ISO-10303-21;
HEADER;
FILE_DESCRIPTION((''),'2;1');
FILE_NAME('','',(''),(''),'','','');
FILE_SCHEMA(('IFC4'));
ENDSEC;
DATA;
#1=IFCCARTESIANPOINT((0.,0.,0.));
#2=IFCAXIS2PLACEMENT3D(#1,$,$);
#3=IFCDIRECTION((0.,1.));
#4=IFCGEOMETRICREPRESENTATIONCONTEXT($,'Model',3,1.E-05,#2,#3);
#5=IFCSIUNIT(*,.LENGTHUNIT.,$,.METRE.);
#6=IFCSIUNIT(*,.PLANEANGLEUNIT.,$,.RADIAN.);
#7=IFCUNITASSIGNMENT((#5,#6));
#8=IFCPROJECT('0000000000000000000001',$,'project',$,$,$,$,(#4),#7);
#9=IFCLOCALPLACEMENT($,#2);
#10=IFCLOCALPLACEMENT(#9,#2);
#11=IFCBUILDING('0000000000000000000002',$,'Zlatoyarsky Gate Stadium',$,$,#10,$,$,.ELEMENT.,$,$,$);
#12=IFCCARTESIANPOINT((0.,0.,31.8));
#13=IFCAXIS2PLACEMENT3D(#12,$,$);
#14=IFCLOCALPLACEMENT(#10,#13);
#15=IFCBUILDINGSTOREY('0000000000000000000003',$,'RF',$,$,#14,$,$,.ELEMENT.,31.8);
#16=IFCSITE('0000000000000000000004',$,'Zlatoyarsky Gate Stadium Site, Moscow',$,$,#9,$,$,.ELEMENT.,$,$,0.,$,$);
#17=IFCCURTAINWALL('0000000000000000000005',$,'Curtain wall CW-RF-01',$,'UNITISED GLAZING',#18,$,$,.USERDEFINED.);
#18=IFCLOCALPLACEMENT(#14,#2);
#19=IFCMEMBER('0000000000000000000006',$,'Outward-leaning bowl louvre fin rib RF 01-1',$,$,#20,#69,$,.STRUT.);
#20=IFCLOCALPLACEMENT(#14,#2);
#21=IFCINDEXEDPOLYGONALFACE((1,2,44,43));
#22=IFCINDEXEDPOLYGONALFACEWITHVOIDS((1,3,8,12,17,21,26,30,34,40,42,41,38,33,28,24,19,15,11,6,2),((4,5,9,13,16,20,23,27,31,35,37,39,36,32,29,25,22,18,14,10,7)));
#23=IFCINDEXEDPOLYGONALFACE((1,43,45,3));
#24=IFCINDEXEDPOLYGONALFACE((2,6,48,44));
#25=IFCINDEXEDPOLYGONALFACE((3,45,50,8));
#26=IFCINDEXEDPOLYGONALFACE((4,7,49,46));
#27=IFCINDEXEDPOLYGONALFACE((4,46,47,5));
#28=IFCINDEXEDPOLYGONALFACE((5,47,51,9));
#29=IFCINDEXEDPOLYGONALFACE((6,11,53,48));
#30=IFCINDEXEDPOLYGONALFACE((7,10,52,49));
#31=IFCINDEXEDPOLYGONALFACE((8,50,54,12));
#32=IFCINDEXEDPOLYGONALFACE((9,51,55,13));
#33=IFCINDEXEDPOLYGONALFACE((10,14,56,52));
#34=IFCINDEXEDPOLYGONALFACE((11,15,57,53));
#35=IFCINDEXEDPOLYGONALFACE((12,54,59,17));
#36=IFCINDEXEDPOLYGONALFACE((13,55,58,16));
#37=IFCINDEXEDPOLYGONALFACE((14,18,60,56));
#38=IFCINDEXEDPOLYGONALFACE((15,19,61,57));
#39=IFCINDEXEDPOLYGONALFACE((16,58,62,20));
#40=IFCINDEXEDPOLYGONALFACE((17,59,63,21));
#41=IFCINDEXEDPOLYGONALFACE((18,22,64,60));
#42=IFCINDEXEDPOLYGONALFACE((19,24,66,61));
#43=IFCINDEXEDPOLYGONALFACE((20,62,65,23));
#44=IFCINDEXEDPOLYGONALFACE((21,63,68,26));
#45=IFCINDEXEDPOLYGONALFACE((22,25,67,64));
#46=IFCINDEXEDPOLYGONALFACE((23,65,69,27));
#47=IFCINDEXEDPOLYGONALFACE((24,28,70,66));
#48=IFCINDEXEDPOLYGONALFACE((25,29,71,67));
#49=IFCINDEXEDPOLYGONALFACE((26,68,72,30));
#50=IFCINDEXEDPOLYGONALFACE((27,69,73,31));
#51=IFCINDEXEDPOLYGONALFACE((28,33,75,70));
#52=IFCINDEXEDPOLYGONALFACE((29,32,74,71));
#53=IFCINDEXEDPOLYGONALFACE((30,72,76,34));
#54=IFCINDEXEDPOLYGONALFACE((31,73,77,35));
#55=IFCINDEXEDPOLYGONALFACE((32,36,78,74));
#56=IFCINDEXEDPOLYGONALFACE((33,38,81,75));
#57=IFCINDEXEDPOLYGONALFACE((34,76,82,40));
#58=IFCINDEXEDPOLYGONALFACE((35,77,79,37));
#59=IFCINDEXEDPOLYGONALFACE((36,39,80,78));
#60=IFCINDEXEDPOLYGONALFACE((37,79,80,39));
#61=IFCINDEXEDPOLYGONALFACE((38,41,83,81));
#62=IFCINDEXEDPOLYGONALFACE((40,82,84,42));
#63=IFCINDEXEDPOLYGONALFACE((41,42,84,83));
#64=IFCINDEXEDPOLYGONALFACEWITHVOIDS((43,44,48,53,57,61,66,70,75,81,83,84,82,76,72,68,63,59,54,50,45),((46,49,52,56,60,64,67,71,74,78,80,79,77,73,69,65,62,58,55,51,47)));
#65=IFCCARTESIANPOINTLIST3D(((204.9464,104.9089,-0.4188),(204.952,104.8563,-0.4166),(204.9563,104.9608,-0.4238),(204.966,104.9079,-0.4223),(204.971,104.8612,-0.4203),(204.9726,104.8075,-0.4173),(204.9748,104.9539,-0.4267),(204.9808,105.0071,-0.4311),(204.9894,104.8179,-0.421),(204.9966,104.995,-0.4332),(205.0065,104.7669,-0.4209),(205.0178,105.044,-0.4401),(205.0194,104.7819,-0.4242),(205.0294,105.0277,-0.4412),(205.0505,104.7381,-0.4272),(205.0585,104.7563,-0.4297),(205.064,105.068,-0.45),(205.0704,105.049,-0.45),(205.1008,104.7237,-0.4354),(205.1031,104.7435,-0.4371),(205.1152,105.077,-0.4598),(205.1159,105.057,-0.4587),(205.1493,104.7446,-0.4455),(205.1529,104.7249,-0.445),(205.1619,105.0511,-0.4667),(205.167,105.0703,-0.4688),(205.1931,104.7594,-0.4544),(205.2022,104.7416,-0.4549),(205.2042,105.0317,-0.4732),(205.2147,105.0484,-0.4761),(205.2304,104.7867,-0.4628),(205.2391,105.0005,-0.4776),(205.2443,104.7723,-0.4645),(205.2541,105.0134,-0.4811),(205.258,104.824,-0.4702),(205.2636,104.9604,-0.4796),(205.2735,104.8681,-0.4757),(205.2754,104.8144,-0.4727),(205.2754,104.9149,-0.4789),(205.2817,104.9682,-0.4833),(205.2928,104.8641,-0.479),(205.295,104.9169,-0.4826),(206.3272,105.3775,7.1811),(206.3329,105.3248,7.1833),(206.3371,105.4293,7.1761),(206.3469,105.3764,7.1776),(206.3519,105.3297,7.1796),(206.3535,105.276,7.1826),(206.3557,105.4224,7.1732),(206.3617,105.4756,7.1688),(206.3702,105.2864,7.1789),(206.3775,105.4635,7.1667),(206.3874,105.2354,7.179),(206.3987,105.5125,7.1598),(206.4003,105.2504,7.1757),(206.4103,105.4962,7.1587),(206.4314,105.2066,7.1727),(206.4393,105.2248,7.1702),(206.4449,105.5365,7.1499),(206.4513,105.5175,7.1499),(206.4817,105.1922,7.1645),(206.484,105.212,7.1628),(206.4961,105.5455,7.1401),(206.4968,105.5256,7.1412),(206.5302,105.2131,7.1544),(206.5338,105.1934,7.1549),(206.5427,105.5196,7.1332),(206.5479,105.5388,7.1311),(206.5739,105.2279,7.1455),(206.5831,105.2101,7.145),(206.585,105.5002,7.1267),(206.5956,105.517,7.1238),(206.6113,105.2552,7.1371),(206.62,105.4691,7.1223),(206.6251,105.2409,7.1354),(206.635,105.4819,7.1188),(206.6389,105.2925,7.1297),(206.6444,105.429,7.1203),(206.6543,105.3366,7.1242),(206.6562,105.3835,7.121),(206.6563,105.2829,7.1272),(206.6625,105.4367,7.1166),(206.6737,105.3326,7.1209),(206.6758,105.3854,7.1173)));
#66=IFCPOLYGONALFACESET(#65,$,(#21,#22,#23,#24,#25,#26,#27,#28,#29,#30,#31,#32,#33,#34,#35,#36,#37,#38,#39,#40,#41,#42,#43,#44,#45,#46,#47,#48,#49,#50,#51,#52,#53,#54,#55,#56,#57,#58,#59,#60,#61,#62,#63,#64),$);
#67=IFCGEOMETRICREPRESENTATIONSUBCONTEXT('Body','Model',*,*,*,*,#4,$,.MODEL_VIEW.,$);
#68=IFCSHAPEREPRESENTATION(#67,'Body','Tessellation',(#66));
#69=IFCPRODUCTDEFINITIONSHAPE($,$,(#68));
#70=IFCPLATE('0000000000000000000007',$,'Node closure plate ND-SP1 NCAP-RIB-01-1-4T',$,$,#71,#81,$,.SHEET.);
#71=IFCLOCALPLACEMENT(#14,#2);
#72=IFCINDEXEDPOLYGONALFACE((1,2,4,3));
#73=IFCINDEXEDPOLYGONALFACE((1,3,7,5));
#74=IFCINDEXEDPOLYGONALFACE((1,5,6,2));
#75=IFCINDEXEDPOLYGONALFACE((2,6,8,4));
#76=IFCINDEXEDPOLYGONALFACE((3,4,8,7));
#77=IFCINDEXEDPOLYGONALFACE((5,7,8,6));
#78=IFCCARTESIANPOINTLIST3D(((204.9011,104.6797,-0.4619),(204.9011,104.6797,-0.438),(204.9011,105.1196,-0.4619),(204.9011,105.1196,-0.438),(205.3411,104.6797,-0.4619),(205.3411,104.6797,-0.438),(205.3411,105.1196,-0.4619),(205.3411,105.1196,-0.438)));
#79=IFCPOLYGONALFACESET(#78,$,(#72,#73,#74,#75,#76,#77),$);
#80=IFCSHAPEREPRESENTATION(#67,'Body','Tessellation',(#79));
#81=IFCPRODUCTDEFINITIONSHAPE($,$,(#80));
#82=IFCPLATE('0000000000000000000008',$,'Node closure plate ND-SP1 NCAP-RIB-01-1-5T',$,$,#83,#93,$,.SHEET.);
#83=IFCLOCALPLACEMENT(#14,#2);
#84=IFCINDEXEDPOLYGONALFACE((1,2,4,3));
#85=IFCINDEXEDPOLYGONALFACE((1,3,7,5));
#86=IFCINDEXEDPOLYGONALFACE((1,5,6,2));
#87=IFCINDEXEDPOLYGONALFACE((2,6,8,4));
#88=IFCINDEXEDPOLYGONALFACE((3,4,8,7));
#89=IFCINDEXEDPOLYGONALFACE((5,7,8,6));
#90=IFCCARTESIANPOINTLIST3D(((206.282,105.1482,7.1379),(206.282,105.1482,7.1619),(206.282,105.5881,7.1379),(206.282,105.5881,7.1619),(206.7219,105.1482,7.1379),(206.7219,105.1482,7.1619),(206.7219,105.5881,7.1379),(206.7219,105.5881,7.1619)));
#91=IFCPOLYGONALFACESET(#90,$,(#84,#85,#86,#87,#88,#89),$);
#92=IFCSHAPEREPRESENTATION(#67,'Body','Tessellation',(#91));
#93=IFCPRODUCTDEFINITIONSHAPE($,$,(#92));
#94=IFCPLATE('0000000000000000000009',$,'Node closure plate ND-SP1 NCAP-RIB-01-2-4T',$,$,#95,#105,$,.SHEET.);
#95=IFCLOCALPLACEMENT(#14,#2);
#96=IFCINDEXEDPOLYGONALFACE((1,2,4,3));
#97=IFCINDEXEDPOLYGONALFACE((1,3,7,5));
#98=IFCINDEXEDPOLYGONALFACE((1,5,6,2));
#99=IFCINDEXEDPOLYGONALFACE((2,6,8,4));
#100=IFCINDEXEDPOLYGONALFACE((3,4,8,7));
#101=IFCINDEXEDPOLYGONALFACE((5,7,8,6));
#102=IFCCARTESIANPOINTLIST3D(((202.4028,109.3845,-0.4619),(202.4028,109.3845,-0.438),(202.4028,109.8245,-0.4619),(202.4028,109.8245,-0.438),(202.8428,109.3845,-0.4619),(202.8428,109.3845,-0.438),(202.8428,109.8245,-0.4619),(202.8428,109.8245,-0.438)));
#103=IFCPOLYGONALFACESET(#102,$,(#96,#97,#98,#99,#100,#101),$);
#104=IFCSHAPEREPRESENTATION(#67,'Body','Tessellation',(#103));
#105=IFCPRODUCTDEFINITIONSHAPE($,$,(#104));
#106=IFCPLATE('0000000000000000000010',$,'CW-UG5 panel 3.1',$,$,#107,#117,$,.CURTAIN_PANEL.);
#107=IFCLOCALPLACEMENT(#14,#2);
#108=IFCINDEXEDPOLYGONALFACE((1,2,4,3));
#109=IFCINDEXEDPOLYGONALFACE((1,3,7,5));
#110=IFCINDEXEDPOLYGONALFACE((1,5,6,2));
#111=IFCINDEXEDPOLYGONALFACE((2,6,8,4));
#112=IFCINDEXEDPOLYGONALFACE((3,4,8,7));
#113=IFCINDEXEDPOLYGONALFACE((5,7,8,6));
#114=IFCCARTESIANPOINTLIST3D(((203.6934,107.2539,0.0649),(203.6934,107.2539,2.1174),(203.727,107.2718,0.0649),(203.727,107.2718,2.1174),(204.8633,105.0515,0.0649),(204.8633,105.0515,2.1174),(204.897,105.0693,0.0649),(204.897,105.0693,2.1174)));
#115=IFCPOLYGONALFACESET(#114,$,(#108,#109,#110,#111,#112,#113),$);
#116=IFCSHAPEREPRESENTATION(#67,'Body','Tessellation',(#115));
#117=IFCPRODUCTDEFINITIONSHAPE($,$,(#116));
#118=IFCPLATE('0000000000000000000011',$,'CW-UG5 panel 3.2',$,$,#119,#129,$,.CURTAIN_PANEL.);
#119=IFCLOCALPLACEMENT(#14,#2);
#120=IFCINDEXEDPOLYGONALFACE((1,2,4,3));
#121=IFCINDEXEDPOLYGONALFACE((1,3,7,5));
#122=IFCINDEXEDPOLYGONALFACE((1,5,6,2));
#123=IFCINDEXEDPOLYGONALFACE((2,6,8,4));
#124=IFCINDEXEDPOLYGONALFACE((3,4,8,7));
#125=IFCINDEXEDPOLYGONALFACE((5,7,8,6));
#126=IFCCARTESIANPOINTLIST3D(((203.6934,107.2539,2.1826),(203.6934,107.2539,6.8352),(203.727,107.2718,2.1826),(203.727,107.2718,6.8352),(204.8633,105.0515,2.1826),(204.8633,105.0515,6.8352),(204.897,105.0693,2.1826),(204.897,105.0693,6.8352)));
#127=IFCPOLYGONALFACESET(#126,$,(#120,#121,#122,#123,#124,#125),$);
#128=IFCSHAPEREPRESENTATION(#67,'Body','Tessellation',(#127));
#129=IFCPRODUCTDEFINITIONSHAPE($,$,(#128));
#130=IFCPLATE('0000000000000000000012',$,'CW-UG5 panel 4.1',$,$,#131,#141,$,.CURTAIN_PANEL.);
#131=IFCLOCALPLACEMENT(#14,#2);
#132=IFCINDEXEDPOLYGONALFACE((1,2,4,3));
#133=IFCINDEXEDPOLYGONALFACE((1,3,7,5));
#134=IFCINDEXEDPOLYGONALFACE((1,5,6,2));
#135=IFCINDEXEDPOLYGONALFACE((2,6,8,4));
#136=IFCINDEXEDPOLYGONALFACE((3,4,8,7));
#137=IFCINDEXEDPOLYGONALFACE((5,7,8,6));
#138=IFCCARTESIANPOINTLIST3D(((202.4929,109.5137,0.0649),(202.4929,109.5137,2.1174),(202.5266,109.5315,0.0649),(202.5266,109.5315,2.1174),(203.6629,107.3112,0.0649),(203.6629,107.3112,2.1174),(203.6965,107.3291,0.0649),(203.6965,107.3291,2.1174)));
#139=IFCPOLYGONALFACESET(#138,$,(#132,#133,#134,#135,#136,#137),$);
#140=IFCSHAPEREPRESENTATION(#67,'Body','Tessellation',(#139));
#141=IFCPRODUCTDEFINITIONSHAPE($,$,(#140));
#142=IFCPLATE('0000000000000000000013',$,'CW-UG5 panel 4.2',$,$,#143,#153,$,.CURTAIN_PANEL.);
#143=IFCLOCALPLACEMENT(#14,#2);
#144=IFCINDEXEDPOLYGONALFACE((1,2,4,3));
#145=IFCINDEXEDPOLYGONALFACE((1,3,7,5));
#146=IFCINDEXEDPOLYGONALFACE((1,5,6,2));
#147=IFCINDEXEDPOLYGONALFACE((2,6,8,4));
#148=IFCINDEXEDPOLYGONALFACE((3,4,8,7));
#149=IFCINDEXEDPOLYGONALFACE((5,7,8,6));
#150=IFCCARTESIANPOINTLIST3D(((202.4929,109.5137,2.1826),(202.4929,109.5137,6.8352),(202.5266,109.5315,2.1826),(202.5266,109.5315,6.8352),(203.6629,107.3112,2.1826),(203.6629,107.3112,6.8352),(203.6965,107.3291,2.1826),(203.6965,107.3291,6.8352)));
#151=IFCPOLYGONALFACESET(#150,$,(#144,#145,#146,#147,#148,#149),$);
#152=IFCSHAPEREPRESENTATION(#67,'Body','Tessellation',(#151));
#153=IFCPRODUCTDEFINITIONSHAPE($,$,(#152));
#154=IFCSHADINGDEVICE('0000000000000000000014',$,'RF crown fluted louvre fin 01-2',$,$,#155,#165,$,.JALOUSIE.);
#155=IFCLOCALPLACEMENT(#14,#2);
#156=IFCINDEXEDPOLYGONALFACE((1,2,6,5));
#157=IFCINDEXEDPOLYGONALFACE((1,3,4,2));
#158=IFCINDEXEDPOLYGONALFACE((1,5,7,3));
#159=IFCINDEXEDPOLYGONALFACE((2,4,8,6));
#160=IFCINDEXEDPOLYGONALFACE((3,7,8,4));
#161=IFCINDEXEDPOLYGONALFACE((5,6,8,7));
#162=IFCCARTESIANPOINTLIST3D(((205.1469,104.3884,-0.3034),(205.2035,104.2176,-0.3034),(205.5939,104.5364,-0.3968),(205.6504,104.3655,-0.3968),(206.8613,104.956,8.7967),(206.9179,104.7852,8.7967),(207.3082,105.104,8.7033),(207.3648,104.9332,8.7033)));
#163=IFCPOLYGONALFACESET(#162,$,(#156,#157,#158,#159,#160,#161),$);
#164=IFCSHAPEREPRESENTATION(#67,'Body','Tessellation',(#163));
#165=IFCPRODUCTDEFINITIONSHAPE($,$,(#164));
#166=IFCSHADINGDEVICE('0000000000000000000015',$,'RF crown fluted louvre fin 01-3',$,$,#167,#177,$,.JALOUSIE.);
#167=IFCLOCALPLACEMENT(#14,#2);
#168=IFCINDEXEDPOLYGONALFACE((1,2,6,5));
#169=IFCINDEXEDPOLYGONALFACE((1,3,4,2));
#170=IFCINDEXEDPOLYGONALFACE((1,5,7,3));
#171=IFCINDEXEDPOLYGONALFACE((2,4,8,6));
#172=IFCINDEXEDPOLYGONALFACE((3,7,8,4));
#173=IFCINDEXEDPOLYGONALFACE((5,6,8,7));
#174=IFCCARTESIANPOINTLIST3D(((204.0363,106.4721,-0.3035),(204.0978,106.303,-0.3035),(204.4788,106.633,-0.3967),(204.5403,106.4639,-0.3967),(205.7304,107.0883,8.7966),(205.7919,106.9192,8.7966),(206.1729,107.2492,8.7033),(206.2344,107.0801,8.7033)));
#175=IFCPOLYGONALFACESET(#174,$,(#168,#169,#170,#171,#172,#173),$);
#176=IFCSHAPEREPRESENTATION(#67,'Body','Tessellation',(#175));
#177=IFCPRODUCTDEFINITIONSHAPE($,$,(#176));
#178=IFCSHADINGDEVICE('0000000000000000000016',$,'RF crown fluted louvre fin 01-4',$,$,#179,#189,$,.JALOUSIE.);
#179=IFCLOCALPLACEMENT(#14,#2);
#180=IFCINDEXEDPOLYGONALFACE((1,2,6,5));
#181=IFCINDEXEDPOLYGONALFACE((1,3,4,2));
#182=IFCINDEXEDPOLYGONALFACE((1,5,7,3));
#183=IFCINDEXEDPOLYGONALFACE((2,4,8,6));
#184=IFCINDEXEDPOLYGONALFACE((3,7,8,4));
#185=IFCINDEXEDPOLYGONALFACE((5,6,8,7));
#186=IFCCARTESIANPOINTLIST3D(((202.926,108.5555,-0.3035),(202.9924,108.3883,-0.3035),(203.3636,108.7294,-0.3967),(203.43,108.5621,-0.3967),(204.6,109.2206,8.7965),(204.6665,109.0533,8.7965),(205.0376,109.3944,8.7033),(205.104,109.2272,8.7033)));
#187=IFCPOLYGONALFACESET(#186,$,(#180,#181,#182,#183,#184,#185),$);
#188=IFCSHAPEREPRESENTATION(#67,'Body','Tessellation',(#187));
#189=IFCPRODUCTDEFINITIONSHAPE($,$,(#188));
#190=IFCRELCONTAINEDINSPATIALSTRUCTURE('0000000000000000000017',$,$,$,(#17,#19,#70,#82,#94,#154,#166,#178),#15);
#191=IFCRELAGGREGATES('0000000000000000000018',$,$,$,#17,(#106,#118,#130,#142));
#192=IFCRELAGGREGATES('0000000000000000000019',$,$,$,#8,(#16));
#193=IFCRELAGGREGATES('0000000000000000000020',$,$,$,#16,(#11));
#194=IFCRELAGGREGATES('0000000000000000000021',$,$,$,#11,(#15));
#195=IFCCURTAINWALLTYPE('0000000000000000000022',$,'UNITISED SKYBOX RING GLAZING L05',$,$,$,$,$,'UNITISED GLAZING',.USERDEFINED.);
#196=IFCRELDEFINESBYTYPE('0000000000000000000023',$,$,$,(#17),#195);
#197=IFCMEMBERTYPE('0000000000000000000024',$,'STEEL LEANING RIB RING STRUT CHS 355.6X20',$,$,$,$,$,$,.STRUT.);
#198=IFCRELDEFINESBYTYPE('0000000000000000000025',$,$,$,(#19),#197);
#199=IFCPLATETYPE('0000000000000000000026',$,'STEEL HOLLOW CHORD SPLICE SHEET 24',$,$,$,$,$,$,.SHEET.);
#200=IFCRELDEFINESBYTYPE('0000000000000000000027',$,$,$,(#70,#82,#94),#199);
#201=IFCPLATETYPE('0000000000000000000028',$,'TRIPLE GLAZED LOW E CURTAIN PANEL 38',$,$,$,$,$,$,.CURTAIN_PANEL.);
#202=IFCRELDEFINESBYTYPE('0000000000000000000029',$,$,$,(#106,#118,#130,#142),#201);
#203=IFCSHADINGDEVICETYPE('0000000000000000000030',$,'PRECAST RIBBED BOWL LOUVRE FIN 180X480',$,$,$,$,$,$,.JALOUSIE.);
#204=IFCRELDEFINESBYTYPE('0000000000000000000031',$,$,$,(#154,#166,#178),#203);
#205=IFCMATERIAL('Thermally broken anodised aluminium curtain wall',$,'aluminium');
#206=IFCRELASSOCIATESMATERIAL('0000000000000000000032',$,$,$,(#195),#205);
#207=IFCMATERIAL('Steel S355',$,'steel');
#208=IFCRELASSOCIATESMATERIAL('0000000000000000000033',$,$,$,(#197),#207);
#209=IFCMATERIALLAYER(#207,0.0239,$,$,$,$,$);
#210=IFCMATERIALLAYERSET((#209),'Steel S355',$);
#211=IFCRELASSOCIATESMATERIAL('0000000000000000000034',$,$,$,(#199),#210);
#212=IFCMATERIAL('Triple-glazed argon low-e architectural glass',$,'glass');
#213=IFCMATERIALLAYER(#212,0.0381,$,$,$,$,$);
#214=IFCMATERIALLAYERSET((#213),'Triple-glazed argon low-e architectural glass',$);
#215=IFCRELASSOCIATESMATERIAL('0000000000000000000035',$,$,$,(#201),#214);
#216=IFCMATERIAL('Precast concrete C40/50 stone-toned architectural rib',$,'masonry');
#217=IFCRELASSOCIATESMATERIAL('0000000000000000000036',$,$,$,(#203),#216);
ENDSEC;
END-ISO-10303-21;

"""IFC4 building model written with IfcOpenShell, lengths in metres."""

from ifc_helpers import new_model, si_unit, direction, frame, origin, origin_2d, place, context, subcontext, project, spatial, rectangle, hollow_circle, extrude, material, layer, layer_set, material_profile, profile_set, type_object, element, aggregate, save


model = new_model("IFC4")

# Units and contexts
model_context = context("Model", 3, precision=1e-05, world=origin(), true_north=direction((0.0, 1.0)))
body_context = subcontext(model_context, "Body", "Model", "MODEL_VIEW")
ifc_project = project(units=[si_unit("LENGTHUNIT", "METRE"), si_unit("PLANEANGLEUNIT", "RADIAN")], contexts=[model_context])

# Site, building, storey
site_placement = place(None, origin())
site = spatial("IfcSite", under=ifc_project, at=site_placement, Name="Zlatoyarsky Gate Stadium Site, Moscow", CompositionType="ELEMENT", RefElevation=0.0)
building_placement = place(site_placement, origin())
building = spatial("IfcBuilding", under=site, at=building_placement, Name="Zlatoyarsky Gate Stadium", CompositionType="ELEMENT")
storey_placement = place(building_placement, frame((0.0, 0.0, 31.8)))
storey = spatial("IfcBuildingStorey", under=building, at=storey_placement, Name="RF", CompositionType="ELEMENT", Elevation=31.8)

# Curtain wall
ifc_material_1 = material(Name="Thermally broken anodised aluminium curtain wall", Category="aluminium")
curtain_wall_type = type_object("IfcCurtainWallType", Name="UNITISED SKYBOX RING GLAZING L05", ElementType="UNITISED GLAZING", PredefinedType="USERDEFINED", material=ifc_material_1)
curtain_wall_placement = place(storey_placement, origin())
curtain_wall = element("IfcCurtainWall", 1, at=curtain_wall_placement, inside=storey, type_object=curtain_wall_type, Name="Curtain wall CW-RF-01", ObjectType="UNITISED GLAZING", PredefinedType="USERDEFINED")

# Member
ifc_material_2 = material(Name="Steel S355", Category="steel")
ifc_material_profile_1 = material_profile(ifc_material_2, hollow_circle(Radius=0.1777, WallThickness=0.02, at=origin_2d()), Name="CHS 355.6X20")
ifc_profile_set_1 = profile_set([ifc_material_profile_1], Name="Steel S355")
member_type_1 = type_object("IfcMemberType", Name="STEEL LEANING RIB RING STRUT CHS 355.6X20", PredefinedType="STRUT", material=ifc_profile_set_1)
member_1_placement = place(storey_placement, frame((205.1211, 104.8997, -0.45), z_axis=(0.178441, 0.060542, 0.982086), x_axis=(-0.321296, 0.946979, 0.0)))
element("IfcMember", 2, at=member_1_placement, inside=storey, type_object=member_type_1, Name="Outward-leaning bowl louvre fin rib RF 01-1", PredefinedType="STRUT", context=body_context, shape_type="SweptSolid", body=[
    extrude(hollow_circle(Radius=0.1777, WallThickness=0.02, at=origin_2d()), origin(), (0.0, 0.0, 1.0), 7.7385),
])

# Plates
ifc_layer_1 = layer(ifc_material_2, 0.0239)
ifc_layer_set_1 = layer_set([ifc_layer_1], Name="Steel S355")
plate_type_1 = type_object("IfcPlateType", Name="STEEL HOLLOW CHORD SPLICE SHEET 24", PredefinedType="SHEET", material=ifc_layer_set_1)
for number, where, z_axis, x_axis, name in (
    (3, (205.1211, 104.8997, -0.4619), (0.0, 0.0, 1.0), (1.0, 0.0, 0.0), "Node closure plate ND-SP1 NCAP-RIB-01-1-4T"),
    (4, (206.502, 105.3682, 7.1379), (0.0, 0.0, 1.0), (1.0, 0.0, 0.0), "Node closure plate ND-SP1 NCAP-RIB-01-1-5T"),
    (5, (202.6228, 109.6045, -0.4619), (0.0, 0.0, 1.0), (1.0, 0.0, 0.0), "Node closure plate ND-SP1 NCAP-RIB-01-2-4T"),
):
    element("IfcPlate", number, at=place(storey_placement, frame(where, z_axis=z_axis, x_axis=x_axis)), inside=storey, type_object=plate_type_1, Name=name, PredefinedType="SHEET", context=body_context, shape_type="SweptSolid", body=[
        extrude(rectangle(XDim=0.4399, YDim=0.4399, at=origin_2d()), origin(), (0.0, 0.0, 1.0), 0.0239),
    ])

# Plates
ifc_material_3 = material(Name="Triple-glazed argon low-e architectural glass", Category="glass")
ifc_layer_2 = layer(ifc_material_3, 0.0381)
ifc_layer_set_2 = layer_set([ifc_layer_2], Name="Triple-glazed argon low-e architectural glass")
plate_type_2 = type_object("IfcPlateType", Name="TRIPLE GLAZED LOW E CURTAIN PANEL 38", PredefinedType="CURTAIN_PANEL", material=ifc_layer_set_2)
plate_1_placement = place(storey_placement, frame((204.2952, 106.1616, 0.0649), z_axis=(0.0, 0.0, 1.0), x_axis=(-0.469127, 0.883131, 0.0)))
plate_1 = element("IfcPlate", 6, at=plate_1_placement, type_object=plate_type_2, Name="CW-UG5 panel 3.1", PredefinedType="CURTAIN_PANEL", context=body_context, shape_type="SweptSolid", body=[
    extrude(rectangle(XDim=2.4939, YDim=0.0381, at=origin_2d()), origin(), (0.0, 0.0, 1.0), 2.0525),
])
plate_2_placement = place(storey_placement, frame((204.2952, 106.1616, 2.1826), z_axis=(0.0, 0.0, 1.0), x_axis=(-0.469127, 0.883131, 0.0)))
plate_2 = element("IfcPlate", 7, at=plate_2_placement, type_object=plate_type_2, Name="CW-UG5 panel 3.2", PredefinedType="CURTAIN_PANEL", context=body_context, shape_type="SweptSolid", body=[
    extrude(rectangle(XDim=2.4939, YDim=0.0381, at=origin_2d()), origin(), (0.0, 0.0, 1.0), 4.6526),
])
plate_3_placement = place(storey_placement, frame((203.0947, 108.4214, 0.0649), z_axis=(0.0, 0.0, 1.0), x_axis=(-0.469127, 0.883131, 0.0)))
plate_3 = element("IfcPlate", 8, at=plate_3_placement, type_object=plate_type_2, Name="CW-UG5 panel 4.1", PredefinedType="CURTAIN_PANEL", context=body_context, shape_type="SweptSolid", body=[
    extrude(rectangle(XDim=2.4939, YDim=0.0381, at=origin_2d()), origin(), (0.0, 0.0, 1.0), 2.0525),
])
plate_4_placement = place(storey_placement, frame((203.0947, 108.4214, 2.1826), z_axis=(0.0, 0.0, 1.0), x_axis=(-0.469127, 0.883131, 0.0)))
plate_4 = element("IfcPlate", 9, at=plate_4_placement, type_object=plate_type_2, Name="CW-UG5 panel 4.2", PredefinedType="CURTAIN_PANEL", context=body_context, shape_type="SweptSolid", body=[
    extrude(rectangle(XDim=2.4939, YDim=0.0381, at=origin_2d()), origin(), (0.0, 0.0, 1.0), 4.6526),
])
aggregate(curtain_wall, [plate_1, plate_2, plate_3, plate_4])

# Shading devices
ifc_material_4 = material(Name="Precast concrete C40/50 stone-toned architectural rib", Category="masonry")
ifc_material_profile_2 = material_profile(ifc_material_4, rectangle(XDim=0.1799, YDim=0.48, at=origin_2d()), Name="RIB 180X480")
ifc_profile_set_2 = profile_set([ifc_material_profile_2], Name="Precast concrete C40/50 stone-toned architectural rib")
shading_device_type = type_object("IfcShadingDeviceType", Name="PRECAST RIBBED BOWL LOUVRE FIN 180X480", PredefinedType="JALOUSIE", material=ifc_profile_set_2)
shading_device_1_placement = place(storey_placement, frame((205.3987, 104.377, -0.3501), z_axis=(0.184785, 0.061183, 0.980873), x_axis=(-0.314321, 0.949317, 0.0)))
element("IfcShadingDevice", 10, at=shading_device_1_placement, inside=storey, type_object=shading_device_type, Name="RF crown fluted louvre fin 01-2", PredefinedType="JALOUSIE", context=body_context, shape_type="SweptSolid", body=[
    extrude(rectangle(XDim=0.1799, YDim=0.48, at=origin_2d()), origin(), (0.0, 0.0, 1.0), 9.2776),
])
shading_device_2_placement = place(storey_placement, frame((204.2883, 106.468, -0.3501), z_axis=(0.182613, 0.066424, 0.980938), x_axis=(-0.34183, 0.939762, 0.0)))
element("IfcShadingDevice", 11, at=shading_device_2_placement, inside=storey, type_object=shading_device_type, Name="RF crown fluted louvre fin 01-3", PredefinedType="JALOUSIE", context=body_context, shape_type="SweptSolid", body=[
    extrude(rectangle(XDim=0.1799, YDim=0.48, at=origin_2d()), origin(), (0.0, 0.0, 1.0), 9.2769),
])
shading_device_3_placement = place(storey_placement, frame((203.178, 108.5588, -0.3501), z_axis=(0.180461, 0.071689, 0.980966), x_axis=(-0.369193, 0.929353, 0.0)))
element("IfcShadingDevice", 12, at=shading_device_3_placement, inside=storey, type_object=shading_device_type, Name="RF crown fluted louvre fin 01-4", PredefinedType="JALOUSIE", context=body_context, shape_type="SweptSolid", body=[
    extrude(rectangle(XDim=0.1799, YDim=0.48, at=origin_2d()), origin(), (0.0, 0.0, 1.0), 9.2766),
])

save(model, "model.ifc")
